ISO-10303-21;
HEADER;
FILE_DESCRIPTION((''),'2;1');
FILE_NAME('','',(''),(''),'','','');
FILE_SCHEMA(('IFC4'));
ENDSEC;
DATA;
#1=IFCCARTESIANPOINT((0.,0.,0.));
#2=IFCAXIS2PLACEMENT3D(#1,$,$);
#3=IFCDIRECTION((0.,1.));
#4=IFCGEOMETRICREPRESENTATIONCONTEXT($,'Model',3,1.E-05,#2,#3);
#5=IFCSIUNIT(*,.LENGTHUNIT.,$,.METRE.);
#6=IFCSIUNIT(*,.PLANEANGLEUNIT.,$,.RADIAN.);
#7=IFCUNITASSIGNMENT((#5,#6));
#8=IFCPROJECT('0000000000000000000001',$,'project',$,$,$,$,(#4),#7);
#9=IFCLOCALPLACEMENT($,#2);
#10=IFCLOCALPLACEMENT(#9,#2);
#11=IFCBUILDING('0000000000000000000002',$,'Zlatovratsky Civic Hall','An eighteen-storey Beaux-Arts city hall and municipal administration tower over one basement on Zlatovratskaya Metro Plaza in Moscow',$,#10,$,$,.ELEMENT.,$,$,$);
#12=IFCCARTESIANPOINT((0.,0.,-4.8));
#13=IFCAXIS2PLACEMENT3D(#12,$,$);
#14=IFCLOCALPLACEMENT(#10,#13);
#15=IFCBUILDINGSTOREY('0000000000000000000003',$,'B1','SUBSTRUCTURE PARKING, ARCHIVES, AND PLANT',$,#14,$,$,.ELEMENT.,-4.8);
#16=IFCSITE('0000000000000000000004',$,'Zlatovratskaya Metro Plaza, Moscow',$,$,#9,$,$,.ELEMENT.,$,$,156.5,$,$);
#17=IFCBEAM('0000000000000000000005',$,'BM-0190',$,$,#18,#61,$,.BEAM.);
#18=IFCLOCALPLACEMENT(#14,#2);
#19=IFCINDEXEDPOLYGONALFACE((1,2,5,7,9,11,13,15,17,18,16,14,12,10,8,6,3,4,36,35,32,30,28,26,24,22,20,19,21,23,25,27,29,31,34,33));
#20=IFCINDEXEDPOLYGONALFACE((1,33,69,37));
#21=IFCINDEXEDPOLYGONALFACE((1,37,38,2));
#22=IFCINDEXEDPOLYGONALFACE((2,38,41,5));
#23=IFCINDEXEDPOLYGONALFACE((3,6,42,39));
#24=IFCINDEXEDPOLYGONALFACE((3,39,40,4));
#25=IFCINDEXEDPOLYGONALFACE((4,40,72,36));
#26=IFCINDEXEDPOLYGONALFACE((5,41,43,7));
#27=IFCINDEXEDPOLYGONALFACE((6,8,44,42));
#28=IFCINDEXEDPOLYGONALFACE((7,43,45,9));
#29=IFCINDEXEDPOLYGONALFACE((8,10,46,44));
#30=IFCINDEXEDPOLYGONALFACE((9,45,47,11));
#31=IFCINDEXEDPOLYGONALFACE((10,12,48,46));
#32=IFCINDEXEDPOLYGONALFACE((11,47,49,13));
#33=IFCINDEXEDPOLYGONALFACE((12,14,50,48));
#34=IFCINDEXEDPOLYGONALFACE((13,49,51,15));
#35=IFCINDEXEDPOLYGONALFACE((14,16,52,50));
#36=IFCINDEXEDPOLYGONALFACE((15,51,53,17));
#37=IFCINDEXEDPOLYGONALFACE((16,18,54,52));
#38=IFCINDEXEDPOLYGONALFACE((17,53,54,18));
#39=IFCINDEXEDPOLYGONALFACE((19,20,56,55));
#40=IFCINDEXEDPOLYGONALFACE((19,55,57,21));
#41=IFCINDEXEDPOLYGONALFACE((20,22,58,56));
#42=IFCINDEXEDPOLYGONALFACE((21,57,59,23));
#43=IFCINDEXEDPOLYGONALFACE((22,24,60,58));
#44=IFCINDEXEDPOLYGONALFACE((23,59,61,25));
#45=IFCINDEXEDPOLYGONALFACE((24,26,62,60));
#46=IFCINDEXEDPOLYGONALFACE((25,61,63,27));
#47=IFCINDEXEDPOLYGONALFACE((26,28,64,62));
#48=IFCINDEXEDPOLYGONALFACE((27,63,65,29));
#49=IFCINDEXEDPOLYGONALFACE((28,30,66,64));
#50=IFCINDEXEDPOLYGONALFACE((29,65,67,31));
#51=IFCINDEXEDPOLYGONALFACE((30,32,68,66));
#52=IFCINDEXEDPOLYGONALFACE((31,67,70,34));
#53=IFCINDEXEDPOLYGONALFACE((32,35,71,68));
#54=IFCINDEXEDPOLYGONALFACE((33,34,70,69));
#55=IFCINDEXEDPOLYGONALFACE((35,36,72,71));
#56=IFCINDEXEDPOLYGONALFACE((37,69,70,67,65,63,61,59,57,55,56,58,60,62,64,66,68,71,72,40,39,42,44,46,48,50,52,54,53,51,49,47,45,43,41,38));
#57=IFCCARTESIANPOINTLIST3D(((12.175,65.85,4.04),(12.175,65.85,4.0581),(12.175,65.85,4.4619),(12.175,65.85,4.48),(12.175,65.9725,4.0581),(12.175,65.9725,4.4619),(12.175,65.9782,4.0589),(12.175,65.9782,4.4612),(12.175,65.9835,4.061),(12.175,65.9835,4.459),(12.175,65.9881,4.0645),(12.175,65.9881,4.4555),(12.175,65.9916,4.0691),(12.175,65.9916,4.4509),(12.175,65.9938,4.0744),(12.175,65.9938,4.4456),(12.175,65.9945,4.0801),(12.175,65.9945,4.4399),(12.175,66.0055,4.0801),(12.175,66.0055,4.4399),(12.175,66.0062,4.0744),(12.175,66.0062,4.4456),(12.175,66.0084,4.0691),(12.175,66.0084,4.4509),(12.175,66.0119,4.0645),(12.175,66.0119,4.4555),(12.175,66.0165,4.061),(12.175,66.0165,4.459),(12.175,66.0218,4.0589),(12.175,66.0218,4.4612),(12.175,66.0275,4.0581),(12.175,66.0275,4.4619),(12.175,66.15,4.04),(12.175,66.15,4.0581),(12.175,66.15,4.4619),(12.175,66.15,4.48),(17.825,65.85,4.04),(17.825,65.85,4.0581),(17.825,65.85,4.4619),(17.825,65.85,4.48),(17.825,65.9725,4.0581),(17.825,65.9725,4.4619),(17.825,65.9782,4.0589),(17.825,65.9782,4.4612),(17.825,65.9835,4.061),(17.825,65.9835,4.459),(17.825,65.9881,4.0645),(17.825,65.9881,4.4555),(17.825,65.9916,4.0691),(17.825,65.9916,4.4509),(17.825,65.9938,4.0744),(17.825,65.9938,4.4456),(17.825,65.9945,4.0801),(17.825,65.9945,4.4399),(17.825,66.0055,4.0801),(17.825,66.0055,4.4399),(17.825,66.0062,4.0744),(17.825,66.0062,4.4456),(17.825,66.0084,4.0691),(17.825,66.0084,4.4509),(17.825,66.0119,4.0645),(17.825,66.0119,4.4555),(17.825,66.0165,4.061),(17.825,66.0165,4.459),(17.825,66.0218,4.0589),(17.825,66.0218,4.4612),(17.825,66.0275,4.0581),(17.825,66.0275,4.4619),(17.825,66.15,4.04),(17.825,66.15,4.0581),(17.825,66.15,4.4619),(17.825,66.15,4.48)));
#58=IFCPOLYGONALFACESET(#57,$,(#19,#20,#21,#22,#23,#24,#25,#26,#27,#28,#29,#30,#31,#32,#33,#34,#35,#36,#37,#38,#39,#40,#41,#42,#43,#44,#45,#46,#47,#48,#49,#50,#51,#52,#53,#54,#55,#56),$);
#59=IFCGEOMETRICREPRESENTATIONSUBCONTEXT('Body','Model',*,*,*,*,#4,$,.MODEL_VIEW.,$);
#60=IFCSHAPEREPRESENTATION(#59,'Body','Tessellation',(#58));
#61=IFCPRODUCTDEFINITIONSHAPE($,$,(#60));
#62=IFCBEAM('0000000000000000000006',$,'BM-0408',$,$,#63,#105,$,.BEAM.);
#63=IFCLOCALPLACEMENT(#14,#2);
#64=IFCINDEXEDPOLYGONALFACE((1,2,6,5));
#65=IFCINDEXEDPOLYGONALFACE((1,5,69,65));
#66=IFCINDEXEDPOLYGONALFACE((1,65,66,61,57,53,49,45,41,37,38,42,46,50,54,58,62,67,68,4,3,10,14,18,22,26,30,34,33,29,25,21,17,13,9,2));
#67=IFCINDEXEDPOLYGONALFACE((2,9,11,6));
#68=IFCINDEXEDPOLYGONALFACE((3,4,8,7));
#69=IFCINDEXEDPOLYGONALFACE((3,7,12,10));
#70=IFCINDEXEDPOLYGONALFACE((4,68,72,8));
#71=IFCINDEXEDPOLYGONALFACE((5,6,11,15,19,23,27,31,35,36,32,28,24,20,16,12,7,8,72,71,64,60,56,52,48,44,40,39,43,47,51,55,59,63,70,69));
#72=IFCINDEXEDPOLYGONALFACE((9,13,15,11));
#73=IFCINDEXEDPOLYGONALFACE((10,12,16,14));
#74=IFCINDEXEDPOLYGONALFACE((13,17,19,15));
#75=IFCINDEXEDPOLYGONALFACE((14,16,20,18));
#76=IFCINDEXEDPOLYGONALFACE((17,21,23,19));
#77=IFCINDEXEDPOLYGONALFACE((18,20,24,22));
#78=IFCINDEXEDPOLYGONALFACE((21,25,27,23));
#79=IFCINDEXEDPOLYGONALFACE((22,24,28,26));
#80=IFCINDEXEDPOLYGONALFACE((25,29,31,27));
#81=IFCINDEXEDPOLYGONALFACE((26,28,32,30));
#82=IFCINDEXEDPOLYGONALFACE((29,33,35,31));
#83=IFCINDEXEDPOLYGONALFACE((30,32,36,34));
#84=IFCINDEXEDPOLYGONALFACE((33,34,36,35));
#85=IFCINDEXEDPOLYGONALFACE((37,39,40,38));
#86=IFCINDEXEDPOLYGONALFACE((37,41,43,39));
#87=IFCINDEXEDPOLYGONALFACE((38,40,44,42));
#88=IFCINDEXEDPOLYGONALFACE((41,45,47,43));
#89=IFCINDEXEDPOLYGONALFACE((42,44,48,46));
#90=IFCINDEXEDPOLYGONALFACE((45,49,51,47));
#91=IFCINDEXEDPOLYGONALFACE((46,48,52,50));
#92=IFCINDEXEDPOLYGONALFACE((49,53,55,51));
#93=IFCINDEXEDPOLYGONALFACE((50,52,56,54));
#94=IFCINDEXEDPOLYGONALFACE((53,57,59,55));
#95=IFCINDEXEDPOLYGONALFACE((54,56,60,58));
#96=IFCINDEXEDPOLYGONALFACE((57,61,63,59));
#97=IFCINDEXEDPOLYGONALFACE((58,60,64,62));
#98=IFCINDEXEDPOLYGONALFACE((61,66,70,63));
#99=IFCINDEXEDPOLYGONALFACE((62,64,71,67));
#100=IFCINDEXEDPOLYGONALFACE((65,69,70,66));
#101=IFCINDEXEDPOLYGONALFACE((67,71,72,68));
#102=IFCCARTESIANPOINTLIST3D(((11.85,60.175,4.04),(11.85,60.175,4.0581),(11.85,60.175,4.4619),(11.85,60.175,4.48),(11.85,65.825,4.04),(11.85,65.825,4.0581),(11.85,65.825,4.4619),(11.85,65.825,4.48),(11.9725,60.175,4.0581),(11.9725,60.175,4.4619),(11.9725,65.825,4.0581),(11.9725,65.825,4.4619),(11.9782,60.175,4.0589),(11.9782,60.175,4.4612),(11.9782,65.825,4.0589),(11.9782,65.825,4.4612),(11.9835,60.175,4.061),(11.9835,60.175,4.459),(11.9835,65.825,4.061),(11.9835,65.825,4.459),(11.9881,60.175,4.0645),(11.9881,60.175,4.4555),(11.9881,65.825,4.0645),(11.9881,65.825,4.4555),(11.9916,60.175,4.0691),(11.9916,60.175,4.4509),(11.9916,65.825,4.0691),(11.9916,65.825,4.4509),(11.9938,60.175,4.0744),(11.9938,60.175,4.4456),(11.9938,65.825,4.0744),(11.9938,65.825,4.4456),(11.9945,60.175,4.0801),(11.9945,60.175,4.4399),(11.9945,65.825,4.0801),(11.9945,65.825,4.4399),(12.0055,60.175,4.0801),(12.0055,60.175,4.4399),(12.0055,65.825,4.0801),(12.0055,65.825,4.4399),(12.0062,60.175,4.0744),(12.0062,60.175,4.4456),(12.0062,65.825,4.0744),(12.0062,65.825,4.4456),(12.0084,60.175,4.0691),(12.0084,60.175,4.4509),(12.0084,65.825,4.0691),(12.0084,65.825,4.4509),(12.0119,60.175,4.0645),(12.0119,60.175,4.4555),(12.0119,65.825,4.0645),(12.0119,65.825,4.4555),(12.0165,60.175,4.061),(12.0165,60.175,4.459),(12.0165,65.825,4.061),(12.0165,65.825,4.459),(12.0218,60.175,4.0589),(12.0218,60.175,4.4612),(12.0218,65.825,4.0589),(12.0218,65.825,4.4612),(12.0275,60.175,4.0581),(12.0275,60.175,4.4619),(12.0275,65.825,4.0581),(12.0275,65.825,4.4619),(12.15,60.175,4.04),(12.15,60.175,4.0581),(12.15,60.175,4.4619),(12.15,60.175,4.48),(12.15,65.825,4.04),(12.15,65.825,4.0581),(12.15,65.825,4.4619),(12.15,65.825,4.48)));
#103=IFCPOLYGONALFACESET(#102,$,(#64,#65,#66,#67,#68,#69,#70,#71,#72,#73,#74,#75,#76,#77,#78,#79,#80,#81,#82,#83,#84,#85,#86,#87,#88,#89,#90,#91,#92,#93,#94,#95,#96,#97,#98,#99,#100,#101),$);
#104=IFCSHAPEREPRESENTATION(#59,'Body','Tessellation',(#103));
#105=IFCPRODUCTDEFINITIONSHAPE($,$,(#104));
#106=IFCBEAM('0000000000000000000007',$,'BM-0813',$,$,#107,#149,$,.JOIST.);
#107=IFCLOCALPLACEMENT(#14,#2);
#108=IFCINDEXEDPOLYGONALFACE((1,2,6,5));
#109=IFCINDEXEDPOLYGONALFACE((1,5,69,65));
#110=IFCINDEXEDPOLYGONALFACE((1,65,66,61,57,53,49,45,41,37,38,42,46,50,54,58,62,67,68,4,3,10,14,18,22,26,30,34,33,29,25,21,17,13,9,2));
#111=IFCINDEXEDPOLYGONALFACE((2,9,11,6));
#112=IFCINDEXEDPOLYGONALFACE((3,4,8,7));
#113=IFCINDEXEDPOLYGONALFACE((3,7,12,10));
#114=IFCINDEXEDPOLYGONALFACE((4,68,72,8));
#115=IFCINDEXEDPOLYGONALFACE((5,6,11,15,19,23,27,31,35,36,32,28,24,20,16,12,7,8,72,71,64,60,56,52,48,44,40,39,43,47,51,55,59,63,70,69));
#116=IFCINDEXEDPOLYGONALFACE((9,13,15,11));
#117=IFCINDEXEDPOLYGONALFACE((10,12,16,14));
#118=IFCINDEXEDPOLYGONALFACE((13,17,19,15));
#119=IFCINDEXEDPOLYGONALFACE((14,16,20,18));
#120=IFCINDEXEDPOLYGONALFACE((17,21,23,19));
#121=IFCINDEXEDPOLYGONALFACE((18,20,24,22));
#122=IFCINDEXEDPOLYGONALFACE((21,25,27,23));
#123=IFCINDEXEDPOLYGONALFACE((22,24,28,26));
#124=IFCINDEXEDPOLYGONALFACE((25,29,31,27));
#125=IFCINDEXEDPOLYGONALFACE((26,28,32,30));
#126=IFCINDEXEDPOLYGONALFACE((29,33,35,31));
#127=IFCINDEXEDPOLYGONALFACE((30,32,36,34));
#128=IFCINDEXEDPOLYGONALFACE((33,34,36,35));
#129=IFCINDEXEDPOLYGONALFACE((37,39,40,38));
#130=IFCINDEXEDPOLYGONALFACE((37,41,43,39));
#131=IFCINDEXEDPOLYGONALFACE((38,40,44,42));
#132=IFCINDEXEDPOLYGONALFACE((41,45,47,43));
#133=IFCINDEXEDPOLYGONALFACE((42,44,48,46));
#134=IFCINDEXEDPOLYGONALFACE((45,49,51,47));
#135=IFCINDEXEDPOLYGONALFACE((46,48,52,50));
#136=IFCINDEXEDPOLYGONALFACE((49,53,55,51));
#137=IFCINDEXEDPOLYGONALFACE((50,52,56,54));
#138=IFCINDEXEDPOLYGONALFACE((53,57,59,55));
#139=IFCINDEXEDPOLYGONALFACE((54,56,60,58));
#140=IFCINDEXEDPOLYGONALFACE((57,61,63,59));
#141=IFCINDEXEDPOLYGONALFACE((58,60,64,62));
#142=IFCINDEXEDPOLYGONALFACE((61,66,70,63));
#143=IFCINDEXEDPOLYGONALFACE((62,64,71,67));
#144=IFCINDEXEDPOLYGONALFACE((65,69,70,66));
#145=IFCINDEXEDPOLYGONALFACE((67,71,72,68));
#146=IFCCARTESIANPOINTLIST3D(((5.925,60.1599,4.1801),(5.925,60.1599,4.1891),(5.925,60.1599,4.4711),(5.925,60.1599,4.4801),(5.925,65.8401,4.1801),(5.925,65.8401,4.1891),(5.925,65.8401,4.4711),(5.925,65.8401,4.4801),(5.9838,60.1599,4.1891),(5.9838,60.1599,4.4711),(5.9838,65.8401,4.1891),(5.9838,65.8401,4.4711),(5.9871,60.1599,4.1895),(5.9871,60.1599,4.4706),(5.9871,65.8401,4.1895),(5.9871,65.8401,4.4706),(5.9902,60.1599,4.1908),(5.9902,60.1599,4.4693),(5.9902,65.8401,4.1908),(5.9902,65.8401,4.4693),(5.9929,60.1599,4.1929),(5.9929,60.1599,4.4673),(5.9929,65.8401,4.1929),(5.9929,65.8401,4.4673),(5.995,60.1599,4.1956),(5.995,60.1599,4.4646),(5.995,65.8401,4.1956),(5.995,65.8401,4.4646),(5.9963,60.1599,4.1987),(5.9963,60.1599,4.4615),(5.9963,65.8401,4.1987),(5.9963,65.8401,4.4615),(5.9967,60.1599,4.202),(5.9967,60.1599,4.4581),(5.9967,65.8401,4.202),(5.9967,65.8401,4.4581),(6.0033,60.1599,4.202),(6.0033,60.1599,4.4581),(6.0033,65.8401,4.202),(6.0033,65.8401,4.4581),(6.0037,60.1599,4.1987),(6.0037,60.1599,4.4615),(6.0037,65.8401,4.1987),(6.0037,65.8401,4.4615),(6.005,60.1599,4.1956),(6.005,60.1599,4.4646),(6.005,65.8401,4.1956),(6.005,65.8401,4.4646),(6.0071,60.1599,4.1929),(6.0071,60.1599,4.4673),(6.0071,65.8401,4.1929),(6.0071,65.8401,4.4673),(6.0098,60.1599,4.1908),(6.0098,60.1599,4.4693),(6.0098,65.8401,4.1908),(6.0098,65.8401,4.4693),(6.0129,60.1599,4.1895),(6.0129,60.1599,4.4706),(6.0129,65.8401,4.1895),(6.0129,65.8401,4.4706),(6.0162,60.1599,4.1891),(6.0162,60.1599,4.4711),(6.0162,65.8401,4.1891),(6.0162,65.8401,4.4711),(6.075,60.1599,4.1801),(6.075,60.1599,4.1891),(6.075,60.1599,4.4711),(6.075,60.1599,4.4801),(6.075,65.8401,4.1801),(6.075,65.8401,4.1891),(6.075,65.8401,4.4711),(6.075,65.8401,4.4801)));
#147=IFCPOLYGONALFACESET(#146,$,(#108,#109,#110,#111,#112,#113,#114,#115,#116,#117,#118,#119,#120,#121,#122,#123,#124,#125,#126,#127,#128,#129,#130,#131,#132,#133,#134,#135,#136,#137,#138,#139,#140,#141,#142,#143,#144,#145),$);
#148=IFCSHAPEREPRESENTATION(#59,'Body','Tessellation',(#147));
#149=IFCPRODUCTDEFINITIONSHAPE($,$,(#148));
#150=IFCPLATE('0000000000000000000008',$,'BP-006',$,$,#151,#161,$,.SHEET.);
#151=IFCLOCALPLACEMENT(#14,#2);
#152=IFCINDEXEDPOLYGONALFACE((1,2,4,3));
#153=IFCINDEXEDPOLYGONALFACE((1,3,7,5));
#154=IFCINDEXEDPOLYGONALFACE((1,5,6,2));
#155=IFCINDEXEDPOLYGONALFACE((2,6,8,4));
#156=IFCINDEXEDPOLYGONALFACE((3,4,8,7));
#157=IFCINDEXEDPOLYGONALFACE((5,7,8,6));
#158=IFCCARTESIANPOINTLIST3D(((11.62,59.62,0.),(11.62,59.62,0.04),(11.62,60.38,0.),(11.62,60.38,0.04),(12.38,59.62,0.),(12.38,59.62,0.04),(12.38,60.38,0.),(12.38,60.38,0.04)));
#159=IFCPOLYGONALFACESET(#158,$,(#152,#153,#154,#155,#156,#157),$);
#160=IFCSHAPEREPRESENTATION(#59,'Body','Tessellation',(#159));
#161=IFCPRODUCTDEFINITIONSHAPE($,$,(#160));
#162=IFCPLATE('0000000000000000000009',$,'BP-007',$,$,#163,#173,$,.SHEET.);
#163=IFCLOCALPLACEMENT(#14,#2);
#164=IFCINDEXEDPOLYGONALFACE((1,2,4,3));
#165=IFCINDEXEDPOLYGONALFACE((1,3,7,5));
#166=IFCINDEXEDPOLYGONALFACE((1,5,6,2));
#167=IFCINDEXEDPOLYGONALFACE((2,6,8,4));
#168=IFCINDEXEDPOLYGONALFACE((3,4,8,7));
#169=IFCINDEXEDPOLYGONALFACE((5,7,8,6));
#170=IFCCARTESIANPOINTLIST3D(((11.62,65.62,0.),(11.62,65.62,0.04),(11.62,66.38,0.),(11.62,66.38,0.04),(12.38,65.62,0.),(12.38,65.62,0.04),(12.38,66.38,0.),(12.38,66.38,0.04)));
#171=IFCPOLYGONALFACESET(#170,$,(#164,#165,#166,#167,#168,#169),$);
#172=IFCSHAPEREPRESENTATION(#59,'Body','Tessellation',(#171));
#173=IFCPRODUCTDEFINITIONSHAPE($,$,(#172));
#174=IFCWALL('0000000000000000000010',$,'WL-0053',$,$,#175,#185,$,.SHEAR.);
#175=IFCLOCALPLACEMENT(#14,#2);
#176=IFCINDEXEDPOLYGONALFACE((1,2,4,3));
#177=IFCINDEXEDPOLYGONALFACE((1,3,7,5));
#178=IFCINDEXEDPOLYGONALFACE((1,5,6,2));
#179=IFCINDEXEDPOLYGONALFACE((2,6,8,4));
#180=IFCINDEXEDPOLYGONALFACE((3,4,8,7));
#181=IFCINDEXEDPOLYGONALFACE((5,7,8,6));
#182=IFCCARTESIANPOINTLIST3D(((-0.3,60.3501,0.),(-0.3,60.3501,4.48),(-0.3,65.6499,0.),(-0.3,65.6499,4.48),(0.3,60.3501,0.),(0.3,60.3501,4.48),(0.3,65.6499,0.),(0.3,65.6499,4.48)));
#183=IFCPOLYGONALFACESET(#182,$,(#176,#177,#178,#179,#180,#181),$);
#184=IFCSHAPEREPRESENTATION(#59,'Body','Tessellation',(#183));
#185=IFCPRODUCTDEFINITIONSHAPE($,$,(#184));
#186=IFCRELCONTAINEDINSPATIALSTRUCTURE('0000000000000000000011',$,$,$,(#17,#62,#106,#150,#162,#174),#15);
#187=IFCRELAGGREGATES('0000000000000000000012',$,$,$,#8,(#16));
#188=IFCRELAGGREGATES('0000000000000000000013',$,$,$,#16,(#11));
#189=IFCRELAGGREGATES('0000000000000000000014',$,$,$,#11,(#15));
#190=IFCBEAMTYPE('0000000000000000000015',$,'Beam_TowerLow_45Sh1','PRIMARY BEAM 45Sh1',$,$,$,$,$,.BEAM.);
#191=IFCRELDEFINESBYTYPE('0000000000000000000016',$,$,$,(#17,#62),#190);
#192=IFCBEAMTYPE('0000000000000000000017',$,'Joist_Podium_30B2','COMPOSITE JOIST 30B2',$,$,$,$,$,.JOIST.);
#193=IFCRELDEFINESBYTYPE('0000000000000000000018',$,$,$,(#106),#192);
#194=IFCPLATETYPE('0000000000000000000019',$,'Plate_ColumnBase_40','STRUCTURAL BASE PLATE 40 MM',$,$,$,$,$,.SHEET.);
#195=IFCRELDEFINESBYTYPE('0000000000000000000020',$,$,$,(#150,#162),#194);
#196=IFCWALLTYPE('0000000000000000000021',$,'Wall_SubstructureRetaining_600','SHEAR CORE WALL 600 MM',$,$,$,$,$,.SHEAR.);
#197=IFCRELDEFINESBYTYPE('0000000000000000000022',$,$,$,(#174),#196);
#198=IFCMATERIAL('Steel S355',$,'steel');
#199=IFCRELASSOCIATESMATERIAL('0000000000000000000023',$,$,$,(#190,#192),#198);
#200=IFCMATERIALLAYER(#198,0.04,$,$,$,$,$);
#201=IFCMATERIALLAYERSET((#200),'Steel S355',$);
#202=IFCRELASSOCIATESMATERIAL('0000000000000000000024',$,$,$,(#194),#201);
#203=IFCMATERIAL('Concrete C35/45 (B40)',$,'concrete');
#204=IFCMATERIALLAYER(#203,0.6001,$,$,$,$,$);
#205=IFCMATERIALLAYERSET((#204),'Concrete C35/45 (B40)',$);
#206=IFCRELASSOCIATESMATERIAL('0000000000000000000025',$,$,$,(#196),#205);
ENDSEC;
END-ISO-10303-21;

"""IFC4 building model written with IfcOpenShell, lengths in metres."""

from ifc_helpers import new_model, si_unit, direction, frame, frame_2d, origin, origin_2d, place, context, subcontext, project, spatial, rectangle, i_section, extrude, material, layer, layer_set, material_profile, profile_set, type_object, element, save


model = new_model("IFC4")

# Units and contexts
model_context = context("Model", 3, precision=1e-05, world=origin(), true_north=direction((0.0, 1.0)))
body_context = subcontext(model_context, "Body", "Model", "MODEL_VIEW")
ifc_project = project(units=[si_unit("LENGTHUNIT", "METRE"), si_unit("PLANEANGLEUNIT", "RADIAN")], contexts=[model_context])

# Site, building, storey
site_placement = place(None, origin())
site = spatial("IfcSite", under=ifc_project, at=site_placement, Name="Zlatovratskaya Metro Plaza, Moscow", CompositionType="ELEMENT", RefElevation=156.5)
building_placement = place(site_placement, origin())
building = spatial("IfcBuilding", under=site, at=building_placement, Name="Zlatovratsky Civic Hall", Description="An eighteen-storey Beaux-Arts city hall and municipal administration tower over one basement on Zlatovratskaya Metro Plaza in Moscow", CompositionType="ELEMENT")
storey_placement = place(building_placement, frame((0.0, 0.0, -4.8)))
storey = spatial("IfcBuildingStorey", under=building, at=storey_placement, Name="B1", Description="SUBSTRUCTURE PARKING, ARCHIVES, AND PLANT", CompositionType="ELEMENT", Elevation=-4.8)

# Shared definitions
ifc_material_1 = material(Name="Concrete C35/45 (B40)", Category="concrete")
ifc_material_2 = material(Name="Steel S355", Category="steel")

# Beams
ifc_material_profile_1 = material_profile(ifc_material_2, i_section(OverallWidth=0.3, OverallDepth=0.4399, WebThickness=0.011, FlangeThickness=0.0181, FilletRadius=0.022, at=origin_2d()), Name="45Sh1")
ifc_profile_set_1 = profile_set([ifc_material_profile_1], Name="Steel S355")
beam_type_1 = type_object("IfcBeamType", Name="Beam_TowerLow_45Sh1", Description="PRIMARY BEAM 45Sh1", PredefinedType="BEAM", material=ifc_profile_set_1)
for number, where, z_axis, x_axis, name in (
    (1, (12.175, 66.0, 4.26), (1.0, 0.0, 0.0), (0.0, 1.0, 0.0), "BM-0190"),
    (2, (12.0, 60.175, 4.26), (0.0, 1.0, 0.0), (-1.0, 0.0, 0.0), "BM-0408"),
):
    element("IfcBeam", number, at=place(storey_placement, frame(where, z_axis=z_axis, x_axis=x_axis)), inside=storey, type_object=beam_type_1, Name=name, PredefinedType="BEAM", context=body_context, shape_type="SweptSolid", body=[
        extrude(i_section(OverallWidth=0.3, OverallDepth=0.4399, WebThickness=0.011, FlangeThickness=0.0181, FilletRadius=0.022, at=origin_2d()), origin(), (0.0, 0.0, 1.0), 5.6499),
    ])
ifc_material_profile_2 = material_profile(ifc_material_2, i_section(OverallWidth=0.1499, OverallDepth=0.3, WebThickness=0.0066, FlangeThickness=0.009, FilletRadius=0.0129, at=origin_2d()), Name="30B2")
ifc_profile_set_2 = profile_set([ifc_material_profile_2], Name="Steel S355")
beam_type_2 = type_object("IfcBeamType", Name="Joist_Podium_30B2", Description="COMPOSITE JOIST 30B2", PredefinedType="JOIST", material=ifc_profile_set_2)
beam_1_placement = place(storey_placement, frame((6.0, 60.1599, 4.3301), z_axis=(0.0, 1.0, 0.0), x_axis=(-1.0, 0.0, 0.0)))
element("IfcBeam", 3, at=beam_1_placement, inside=storey, type_object=beam_type_2, Name="BM-0813", PredefinedType="JOIST", context=body_context, shape_type="SweptSolid", body=[
    extrude(i_section(OverallWidth=0.1499, OverallDepth=0.3, WebThickness=0.0066, FlangeThickness=0.009, FilletRadius=0.0129, at=origin_2d()), origin(), (0.0, 0.0, 1.0), 5.6802),
])

# Plates
ifc_layer_1 = layer(ifc_material_2, 0.04)
ifc_layer_set_1 = layer_set([ifc_layer_1], Name="Steel S355")
plate_type = type_object("IfcPlateType", Name="Plate_ColumnBase_40", Description="STRUCTURAL BASE PLATE 40 MM", PredefinedType="SHEET", material=ifc_layer_set_1)
for number, where, z_axis, x_axis, name in (
    (4, (12.0, 60.0, 0.0), (0.0, 0.0, 1.0), (1.0, 0.0, 0.0), "BP-006"),
    (5, (12.0, 66.0, 0.0), (0.0, 0.0, 1.0), (1.0, 0.0, 0.0), "BP-007"),
):
    element("IfcPlate", number, at=place(storey_placement, frame(where, z_axis=z_axis, x_axis=x_axis)), inside=storey, type_object=plate_type, Name=name, PredefinedType="SHEET", context=body_context, shape_type="SweptSolid", body=[
        extrude(rectangle(XDim=0.76, YDim=0.76, at=origin_2d()), origin(), (0.0, 0.0, 1.0), 0.04),
    ])

# Wall
ifc_layer_2 = layer(ifc_material_1, 0.6001)
ifc_layer_set_2 = layer_set([ifc_layer_2], Name="Concrete C35/45 (B40)")
wall_type = type_object("IfcWallType", Name="Wall_SubstructureRetaining_600", Description="SHEAR CORE WALL 600 MM", PredefinedType="SHEAR", material=ifc_layer_set_2)
wall_placement = place(storey_placement, frame((0.0, 60.3501, 0.0), z_axis=(0.0, 0.0, 1.0), x_axis=(0.0, 1.0, 0.0)))
element("IfcWall", 6, at=wall_placement, inside=storey, type_object=wall_type, Name="WL-0053", PredefinedType="SHEAR", context=body_context, shape_type="SweptSolid", body=[
    extrude(rectangle(XDim=5.2998, YDim=0.6001, at=frame_2d((2.6499, 0.0))), origin(), (0.0, 0.0, 1.0), 4.48),
])

save(model, "model.ifc")
